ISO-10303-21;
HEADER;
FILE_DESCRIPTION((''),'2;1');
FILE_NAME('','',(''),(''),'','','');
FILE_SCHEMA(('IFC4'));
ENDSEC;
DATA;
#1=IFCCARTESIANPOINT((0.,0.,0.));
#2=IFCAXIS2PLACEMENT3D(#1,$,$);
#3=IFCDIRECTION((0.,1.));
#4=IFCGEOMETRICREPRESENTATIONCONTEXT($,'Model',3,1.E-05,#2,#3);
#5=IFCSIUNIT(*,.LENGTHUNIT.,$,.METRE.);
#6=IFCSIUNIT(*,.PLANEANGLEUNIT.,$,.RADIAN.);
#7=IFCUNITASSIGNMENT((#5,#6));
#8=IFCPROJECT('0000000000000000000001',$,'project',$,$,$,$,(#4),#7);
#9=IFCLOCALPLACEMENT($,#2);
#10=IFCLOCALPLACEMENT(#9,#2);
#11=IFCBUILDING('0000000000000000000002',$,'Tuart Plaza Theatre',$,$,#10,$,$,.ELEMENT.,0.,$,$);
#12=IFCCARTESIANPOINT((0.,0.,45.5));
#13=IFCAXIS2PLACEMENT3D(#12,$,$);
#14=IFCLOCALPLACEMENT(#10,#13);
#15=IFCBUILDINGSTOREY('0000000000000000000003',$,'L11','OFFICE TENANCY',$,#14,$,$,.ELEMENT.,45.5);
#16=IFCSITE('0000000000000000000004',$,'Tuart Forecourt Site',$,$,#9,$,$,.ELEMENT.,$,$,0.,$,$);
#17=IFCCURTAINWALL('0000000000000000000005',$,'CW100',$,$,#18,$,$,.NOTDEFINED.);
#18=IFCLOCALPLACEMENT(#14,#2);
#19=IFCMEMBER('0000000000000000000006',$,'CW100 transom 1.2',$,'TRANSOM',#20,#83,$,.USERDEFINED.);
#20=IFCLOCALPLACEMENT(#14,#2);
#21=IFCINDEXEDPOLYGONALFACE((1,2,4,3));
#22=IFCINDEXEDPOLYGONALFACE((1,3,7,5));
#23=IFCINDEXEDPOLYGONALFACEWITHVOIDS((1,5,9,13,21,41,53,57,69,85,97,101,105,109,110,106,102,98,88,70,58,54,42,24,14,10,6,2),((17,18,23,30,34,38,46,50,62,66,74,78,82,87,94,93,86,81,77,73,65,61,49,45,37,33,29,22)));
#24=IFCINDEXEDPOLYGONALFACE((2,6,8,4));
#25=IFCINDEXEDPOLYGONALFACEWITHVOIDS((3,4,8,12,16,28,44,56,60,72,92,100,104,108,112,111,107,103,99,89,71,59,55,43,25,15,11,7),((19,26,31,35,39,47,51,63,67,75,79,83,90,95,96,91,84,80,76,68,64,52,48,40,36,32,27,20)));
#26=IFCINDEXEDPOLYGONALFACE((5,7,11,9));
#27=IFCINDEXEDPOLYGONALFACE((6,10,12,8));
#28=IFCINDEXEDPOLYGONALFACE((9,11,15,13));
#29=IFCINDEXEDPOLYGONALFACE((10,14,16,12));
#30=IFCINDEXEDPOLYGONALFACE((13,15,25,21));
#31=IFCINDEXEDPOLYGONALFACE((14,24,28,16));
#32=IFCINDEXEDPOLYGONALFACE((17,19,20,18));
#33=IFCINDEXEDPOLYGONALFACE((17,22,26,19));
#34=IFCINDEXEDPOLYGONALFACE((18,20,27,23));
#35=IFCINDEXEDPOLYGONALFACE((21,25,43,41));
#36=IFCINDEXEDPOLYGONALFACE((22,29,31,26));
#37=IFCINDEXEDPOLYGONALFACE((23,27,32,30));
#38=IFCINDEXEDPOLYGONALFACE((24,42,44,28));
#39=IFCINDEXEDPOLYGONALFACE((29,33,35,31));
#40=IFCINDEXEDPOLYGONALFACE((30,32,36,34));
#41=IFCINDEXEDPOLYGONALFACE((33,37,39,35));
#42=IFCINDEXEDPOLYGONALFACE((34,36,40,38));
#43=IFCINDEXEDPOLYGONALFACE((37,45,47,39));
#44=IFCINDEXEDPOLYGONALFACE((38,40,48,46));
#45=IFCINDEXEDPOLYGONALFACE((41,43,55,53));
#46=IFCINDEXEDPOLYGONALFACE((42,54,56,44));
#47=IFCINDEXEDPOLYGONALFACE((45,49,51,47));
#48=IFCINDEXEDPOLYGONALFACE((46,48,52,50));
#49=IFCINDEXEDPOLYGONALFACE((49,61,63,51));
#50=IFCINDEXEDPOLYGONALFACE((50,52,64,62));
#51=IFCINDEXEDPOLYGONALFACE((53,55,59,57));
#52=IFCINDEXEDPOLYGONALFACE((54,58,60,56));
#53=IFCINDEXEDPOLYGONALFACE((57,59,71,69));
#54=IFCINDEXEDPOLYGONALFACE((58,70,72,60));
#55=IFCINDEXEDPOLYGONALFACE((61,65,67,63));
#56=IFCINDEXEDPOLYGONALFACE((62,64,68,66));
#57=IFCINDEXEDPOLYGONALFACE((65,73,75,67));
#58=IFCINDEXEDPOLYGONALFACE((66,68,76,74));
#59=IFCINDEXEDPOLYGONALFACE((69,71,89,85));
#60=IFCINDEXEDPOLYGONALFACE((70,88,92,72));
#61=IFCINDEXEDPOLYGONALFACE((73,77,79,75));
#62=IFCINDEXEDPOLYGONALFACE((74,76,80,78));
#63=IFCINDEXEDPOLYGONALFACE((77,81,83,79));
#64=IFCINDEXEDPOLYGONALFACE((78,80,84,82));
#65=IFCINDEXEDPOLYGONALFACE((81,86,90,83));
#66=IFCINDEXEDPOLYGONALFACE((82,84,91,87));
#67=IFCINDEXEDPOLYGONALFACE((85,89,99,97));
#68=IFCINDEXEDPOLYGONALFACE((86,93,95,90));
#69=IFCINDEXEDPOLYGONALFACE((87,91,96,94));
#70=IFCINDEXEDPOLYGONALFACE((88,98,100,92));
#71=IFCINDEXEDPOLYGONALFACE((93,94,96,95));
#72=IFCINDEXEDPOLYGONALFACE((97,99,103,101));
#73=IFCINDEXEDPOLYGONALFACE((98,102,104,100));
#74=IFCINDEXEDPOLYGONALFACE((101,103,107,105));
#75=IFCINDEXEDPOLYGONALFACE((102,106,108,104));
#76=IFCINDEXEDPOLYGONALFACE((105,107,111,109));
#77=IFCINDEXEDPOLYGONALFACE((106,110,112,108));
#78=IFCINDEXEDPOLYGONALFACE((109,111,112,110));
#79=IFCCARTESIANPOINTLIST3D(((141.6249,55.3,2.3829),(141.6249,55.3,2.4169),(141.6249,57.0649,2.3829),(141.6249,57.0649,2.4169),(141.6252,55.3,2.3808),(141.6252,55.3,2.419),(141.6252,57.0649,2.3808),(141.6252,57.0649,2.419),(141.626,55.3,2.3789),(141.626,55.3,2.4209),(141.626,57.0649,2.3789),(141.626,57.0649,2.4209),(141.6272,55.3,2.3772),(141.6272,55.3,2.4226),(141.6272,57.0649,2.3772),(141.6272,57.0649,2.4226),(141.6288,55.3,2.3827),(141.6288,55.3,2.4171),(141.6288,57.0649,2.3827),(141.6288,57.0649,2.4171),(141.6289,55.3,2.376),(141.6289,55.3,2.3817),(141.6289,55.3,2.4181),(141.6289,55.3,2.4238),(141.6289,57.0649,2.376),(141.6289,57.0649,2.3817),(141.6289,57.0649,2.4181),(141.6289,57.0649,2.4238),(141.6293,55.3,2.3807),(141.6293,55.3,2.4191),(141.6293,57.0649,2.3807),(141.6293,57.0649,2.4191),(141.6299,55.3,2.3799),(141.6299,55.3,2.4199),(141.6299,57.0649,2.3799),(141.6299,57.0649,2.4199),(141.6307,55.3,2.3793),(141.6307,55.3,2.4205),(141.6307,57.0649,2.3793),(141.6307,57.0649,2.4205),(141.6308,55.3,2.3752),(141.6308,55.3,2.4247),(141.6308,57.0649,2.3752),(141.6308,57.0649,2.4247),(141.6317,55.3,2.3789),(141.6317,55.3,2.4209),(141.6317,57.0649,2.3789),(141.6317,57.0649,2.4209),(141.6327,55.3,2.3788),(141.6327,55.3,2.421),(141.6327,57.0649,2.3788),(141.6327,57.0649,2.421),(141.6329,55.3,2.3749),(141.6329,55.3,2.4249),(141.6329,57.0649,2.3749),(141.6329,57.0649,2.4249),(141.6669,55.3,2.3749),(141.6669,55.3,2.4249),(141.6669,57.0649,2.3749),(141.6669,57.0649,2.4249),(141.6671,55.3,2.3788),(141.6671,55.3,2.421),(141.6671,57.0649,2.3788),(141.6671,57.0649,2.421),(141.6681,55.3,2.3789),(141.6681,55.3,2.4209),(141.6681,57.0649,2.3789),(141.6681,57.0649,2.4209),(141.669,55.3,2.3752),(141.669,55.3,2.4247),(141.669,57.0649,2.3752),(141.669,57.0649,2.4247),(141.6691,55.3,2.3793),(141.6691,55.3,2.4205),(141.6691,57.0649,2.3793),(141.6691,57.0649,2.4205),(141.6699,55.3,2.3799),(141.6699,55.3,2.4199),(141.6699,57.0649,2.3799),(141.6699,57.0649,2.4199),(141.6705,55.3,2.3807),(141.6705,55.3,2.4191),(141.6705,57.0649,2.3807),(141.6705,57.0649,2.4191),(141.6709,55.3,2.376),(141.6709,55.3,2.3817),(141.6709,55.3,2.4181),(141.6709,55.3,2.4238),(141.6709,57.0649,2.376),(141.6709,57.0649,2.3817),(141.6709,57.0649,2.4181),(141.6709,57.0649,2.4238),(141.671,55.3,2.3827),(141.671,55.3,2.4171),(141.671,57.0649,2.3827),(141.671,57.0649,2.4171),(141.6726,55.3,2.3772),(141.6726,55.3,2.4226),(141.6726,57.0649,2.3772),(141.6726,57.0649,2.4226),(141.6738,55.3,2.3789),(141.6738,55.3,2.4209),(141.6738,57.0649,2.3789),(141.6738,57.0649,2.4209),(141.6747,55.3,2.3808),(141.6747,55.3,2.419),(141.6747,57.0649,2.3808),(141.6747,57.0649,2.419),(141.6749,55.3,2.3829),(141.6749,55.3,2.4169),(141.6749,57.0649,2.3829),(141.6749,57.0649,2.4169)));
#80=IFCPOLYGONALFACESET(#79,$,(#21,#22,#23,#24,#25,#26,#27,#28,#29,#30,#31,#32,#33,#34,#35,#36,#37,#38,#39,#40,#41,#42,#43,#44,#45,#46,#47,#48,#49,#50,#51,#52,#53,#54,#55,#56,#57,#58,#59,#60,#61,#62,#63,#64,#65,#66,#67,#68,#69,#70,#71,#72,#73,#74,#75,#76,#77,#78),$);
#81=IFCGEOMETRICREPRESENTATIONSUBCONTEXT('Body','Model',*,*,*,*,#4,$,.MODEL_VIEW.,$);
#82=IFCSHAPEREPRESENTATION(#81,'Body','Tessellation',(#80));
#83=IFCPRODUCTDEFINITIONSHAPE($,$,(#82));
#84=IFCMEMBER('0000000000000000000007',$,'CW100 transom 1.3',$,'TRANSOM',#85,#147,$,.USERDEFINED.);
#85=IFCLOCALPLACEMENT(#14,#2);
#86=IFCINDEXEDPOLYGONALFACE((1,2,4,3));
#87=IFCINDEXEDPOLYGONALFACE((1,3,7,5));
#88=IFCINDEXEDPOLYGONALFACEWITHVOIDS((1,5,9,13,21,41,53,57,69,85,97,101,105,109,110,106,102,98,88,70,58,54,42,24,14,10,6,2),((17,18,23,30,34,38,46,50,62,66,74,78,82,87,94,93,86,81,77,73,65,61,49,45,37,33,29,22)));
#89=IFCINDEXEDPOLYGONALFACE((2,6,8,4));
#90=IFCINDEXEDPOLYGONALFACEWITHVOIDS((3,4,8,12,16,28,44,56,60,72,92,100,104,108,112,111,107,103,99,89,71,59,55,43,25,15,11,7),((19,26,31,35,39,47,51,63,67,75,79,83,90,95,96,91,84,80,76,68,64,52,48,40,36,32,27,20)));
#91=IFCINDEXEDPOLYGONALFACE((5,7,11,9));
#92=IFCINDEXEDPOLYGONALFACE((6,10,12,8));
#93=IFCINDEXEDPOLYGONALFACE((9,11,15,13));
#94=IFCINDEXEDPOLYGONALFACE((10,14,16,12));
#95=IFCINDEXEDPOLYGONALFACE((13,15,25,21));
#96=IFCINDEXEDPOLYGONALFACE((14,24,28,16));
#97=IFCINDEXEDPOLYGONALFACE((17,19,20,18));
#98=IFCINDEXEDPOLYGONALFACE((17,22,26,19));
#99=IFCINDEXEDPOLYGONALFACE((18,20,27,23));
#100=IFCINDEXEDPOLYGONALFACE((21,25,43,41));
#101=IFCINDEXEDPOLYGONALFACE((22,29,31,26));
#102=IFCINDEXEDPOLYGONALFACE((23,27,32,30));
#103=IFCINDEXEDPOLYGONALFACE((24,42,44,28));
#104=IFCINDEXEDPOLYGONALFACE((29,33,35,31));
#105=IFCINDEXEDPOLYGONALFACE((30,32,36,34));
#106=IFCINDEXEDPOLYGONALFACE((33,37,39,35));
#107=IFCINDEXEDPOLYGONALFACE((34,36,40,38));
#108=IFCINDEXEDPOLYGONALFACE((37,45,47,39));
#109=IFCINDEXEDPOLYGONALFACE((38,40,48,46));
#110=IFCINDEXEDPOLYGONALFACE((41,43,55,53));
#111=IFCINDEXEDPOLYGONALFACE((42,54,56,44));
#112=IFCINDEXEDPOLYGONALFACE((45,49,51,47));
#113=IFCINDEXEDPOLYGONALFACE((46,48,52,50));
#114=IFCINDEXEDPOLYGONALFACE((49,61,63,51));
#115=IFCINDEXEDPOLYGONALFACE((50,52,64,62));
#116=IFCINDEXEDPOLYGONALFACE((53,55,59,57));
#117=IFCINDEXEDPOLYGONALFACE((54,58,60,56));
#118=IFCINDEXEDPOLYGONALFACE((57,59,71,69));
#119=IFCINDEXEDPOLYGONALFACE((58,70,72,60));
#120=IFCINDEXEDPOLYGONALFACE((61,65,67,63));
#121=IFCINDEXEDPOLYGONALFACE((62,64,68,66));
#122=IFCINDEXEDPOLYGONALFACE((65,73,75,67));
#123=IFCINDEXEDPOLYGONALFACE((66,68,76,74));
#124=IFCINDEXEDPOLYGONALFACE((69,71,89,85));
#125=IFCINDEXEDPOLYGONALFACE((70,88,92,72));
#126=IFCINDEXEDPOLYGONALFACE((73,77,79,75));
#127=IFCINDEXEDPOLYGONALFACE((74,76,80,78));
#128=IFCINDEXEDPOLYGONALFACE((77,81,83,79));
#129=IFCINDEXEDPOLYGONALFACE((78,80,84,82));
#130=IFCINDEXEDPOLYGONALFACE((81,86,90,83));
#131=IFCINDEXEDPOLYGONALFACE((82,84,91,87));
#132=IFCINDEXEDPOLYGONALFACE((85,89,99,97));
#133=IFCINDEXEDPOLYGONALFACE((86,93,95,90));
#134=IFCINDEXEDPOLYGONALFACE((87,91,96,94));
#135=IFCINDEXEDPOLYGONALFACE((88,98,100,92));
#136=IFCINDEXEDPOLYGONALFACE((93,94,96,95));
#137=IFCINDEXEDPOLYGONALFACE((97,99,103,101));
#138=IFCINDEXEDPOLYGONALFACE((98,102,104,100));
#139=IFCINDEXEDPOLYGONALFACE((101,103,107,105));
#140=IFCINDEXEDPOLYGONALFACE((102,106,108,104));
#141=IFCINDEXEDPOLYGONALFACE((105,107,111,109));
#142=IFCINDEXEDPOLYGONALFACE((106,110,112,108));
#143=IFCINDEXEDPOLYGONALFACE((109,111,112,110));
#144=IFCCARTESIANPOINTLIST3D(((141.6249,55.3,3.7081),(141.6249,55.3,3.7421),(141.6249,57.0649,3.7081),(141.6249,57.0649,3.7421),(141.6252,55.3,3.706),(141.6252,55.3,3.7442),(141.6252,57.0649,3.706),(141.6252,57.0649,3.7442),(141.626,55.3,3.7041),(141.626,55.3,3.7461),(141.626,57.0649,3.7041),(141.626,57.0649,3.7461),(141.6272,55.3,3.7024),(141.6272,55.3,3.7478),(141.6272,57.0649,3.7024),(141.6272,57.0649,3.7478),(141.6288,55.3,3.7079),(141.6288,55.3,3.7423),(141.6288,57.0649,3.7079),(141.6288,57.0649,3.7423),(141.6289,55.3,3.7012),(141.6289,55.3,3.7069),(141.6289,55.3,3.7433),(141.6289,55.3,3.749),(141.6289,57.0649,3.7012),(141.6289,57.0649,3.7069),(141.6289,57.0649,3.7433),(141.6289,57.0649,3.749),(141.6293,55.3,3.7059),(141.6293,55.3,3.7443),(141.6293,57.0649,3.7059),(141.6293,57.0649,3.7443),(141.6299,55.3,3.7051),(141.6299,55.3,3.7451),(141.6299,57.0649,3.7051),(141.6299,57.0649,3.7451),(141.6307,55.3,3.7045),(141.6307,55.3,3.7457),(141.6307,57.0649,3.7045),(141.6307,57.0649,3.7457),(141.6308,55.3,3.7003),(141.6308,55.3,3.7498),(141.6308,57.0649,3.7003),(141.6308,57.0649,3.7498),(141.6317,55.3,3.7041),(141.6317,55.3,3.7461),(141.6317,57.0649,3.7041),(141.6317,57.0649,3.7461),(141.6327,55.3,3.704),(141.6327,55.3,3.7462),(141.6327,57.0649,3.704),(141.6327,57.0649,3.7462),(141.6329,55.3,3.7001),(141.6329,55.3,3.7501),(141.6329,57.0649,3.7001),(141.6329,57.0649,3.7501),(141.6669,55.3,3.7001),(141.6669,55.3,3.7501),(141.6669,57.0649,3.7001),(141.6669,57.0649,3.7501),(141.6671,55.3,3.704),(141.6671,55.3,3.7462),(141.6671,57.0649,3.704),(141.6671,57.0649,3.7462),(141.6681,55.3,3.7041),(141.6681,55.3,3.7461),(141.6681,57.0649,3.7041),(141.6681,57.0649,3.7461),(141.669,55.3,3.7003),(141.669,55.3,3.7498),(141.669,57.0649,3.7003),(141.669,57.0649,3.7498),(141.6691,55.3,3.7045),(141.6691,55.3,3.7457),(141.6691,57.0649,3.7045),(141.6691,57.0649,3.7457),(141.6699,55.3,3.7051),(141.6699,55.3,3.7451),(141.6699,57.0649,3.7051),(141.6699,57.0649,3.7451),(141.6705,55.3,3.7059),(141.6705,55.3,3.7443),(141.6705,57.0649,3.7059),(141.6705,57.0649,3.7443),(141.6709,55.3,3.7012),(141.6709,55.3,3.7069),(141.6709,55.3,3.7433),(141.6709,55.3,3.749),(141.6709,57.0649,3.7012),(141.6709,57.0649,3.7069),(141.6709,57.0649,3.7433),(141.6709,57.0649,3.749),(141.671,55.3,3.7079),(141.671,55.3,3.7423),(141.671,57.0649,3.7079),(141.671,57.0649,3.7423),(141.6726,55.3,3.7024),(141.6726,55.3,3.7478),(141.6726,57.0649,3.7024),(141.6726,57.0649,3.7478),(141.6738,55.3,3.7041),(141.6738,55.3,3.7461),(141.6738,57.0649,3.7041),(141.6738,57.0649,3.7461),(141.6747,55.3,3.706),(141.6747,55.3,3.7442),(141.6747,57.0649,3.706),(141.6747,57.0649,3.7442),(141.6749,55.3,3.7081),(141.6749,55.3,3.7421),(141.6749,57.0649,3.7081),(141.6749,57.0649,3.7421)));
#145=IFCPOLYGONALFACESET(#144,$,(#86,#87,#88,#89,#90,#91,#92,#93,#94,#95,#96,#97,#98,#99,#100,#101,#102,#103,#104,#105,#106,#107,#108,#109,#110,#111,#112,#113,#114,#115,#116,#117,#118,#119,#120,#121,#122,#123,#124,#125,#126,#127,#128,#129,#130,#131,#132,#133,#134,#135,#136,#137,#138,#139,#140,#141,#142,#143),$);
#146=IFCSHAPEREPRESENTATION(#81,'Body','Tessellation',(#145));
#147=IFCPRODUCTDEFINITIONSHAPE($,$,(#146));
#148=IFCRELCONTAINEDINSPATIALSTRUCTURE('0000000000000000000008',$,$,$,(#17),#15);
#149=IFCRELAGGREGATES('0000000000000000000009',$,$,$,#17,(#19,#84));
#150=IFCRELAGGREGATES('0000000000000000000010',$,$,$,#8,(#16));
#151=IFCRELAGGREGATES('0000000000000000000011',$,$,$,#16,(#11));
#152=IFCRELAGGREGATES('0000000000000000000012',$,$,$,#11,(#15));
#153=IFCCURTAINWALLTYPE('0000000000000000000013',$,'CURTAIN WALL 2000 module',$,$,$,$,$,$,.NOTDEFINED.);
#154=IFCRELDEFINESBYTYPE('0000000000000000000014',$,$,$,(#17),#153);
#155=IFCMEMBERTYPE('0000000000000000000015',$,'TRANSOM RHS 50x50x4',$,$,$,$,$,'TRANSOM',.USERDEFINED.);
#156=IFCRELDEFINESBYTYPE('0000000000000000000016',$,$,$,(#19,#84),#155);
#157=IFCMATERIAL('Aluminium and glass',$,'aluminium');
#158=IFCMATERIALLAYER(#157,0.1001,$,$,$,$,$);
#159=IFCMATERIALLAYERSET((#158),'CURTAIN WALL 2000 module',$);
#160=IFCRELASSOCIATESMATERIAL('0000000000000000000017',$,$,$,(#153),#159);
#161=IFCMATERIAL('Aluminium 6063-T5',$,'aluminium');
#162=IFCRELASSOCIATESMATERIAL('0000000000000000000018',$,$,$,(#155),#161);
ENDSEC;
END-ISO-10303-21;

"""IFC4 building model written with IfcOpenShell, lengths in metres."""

from ifc_helpers import new_model, si_unit, direction, frame, origin, origin_2d, place, context, subcontext, project, spatial, hollow_rectangle, extrude, material, layer, layer_set, material_profile, profile_set, type_object, element, aggregate, save


model = new_model("IFC4")

# Units and contexts
model_context = context("Model", 3, precision=1e-05, world=origin(), true_north=direction((0.0, 1.0)))
body_context = subcontext(model_context, "Body", "Model", "MODEL_VIEW")
ifc_project = project(units=[si_unit("LENGTHUNIT", "METRE"), si_unit("PLANEANGLEUNIT", "RADIAN")], contexts=[model_context])

# Site, building, storey
site_placement = place(None, origin())
site = spatial("IfcSite", under=ifc_project, at=site_placement, Name="Tuart Forecourt Site", CompositionType="ELEMENT", RefElevation=0.0)
building_placement = place(site_placement, origin())
building = spatial("IfcBuilding", under=site, at=building_placement, Name="Tuart Plaza Theatre", CompositionType="ELEMENT", ElevationOfRefHeight=0.0)
storey_placement = place(building_placement, frame((0.0, 0.0, 45.5)))
storey = spatial("IfcBuildingStorey", under=building, at=storey_placement, Name="L11", Description="OFFICE TENANCY", CompositionType="ELEMENT", Elevation=45.5)

# Curtain wall
ifc_material_1 = material(Name="Aluminium and glass", Category="aluminium")
ifc_layer_1 = layer(ifc_material_1, 0.1001)
ifc_layer_set_1 = layer_set([ifc_layer_1], Name="CURTAIN WALL 2000 module")
curtain_wall_type = type_object("IfcCurtainWallType", Name="CURTAIN WALL 2000 module", PredefinedType="NOTDEFINED", material=ifc_layer_set_1)
curtain_wall_1_placement = place(storey_placement, origin())
curtain_wall_1 = element("IfcCurtainWall", 1, at=curtain_wall_1_placement, inside=storey, type_object=curtain_wall_type, Name="CW100", PredefinedType="NOTDEFINED")

# Members
ifc_material_2 = material(Name="Aluminium 6063-T5", Category="aluminium")
ifc_material_profile_1 = material_profile(ifc_material_2, hollow_rectangle(XDim=0.05, YDim=0.05, WallThickness=0.0039, InnerFilletRadius=0.0039, OuterFilletRadius=0.0081, at=origin_2d()), Name="RHS 50x50x4")
ifc_profile_set_1 = profile_set([ifc_material_profile_1], Name="Aluminium 6063-T5")
member_type_1 = type_object("IfcMemberType", Name="TRANSOM RHS 50x50x4", ElementType="TRANSOM", PredefinedType="USERDEFINED", material=ifc_profile_set_1)
member_1_placement = place(storey_placement, frame((141.6499, 55.3, 2.3999), z_axis=(0.0, 1.0, 0.0), x_axis=(-1.0, 0.0, 0.0)))
member_1 = element("IfcMember", 2, at=member_1_placement, type_object=member_type_1, Name="CW100 transom 1.2", ObjectType="TRANSOM", PredefinedType="USERDEFINED", context=body_context, shape_type="SweptSolid", body=[
    extrude(hollow_rectangle(XDim=0.05, YDim=0.05, WallThickness=0.0039, InnerFilletRadius=0.0039, OuterFilletRadius=0.0081, at=origin_2d()), origin(), (0.0, 0.0, 1.0), 1.7649),
])
member_2_placement = place(storey_placement, frame((141.6499, 55.3, 3.7251), z_axis=(0.0, 1.0, 0.0), x_axis=(-1.0, 0.0, 0.0)))
member_2 = element("IfcMember", 3, at=member_2_placement, type_object=member_type_1, Name="CW100 transom 1.3", ObjectType="TRANSOM", PredefinedType="USERDEFINED", context=body_context, shape_type="SweptSolid", body=[
    extrude(hollow_rectangle(XDim=0.05, YDim=0.05, WallThickness=0.0039, InnerFilletRadius=0.0039, OuterFilletRadius=0.0081, at=origin_2d()), origin(), (0.0, 0.0, 1.0), 1.7649),
])
aggregate(curtain_wall_1, [member_1, member_2])

save(model, "model.ifc")
